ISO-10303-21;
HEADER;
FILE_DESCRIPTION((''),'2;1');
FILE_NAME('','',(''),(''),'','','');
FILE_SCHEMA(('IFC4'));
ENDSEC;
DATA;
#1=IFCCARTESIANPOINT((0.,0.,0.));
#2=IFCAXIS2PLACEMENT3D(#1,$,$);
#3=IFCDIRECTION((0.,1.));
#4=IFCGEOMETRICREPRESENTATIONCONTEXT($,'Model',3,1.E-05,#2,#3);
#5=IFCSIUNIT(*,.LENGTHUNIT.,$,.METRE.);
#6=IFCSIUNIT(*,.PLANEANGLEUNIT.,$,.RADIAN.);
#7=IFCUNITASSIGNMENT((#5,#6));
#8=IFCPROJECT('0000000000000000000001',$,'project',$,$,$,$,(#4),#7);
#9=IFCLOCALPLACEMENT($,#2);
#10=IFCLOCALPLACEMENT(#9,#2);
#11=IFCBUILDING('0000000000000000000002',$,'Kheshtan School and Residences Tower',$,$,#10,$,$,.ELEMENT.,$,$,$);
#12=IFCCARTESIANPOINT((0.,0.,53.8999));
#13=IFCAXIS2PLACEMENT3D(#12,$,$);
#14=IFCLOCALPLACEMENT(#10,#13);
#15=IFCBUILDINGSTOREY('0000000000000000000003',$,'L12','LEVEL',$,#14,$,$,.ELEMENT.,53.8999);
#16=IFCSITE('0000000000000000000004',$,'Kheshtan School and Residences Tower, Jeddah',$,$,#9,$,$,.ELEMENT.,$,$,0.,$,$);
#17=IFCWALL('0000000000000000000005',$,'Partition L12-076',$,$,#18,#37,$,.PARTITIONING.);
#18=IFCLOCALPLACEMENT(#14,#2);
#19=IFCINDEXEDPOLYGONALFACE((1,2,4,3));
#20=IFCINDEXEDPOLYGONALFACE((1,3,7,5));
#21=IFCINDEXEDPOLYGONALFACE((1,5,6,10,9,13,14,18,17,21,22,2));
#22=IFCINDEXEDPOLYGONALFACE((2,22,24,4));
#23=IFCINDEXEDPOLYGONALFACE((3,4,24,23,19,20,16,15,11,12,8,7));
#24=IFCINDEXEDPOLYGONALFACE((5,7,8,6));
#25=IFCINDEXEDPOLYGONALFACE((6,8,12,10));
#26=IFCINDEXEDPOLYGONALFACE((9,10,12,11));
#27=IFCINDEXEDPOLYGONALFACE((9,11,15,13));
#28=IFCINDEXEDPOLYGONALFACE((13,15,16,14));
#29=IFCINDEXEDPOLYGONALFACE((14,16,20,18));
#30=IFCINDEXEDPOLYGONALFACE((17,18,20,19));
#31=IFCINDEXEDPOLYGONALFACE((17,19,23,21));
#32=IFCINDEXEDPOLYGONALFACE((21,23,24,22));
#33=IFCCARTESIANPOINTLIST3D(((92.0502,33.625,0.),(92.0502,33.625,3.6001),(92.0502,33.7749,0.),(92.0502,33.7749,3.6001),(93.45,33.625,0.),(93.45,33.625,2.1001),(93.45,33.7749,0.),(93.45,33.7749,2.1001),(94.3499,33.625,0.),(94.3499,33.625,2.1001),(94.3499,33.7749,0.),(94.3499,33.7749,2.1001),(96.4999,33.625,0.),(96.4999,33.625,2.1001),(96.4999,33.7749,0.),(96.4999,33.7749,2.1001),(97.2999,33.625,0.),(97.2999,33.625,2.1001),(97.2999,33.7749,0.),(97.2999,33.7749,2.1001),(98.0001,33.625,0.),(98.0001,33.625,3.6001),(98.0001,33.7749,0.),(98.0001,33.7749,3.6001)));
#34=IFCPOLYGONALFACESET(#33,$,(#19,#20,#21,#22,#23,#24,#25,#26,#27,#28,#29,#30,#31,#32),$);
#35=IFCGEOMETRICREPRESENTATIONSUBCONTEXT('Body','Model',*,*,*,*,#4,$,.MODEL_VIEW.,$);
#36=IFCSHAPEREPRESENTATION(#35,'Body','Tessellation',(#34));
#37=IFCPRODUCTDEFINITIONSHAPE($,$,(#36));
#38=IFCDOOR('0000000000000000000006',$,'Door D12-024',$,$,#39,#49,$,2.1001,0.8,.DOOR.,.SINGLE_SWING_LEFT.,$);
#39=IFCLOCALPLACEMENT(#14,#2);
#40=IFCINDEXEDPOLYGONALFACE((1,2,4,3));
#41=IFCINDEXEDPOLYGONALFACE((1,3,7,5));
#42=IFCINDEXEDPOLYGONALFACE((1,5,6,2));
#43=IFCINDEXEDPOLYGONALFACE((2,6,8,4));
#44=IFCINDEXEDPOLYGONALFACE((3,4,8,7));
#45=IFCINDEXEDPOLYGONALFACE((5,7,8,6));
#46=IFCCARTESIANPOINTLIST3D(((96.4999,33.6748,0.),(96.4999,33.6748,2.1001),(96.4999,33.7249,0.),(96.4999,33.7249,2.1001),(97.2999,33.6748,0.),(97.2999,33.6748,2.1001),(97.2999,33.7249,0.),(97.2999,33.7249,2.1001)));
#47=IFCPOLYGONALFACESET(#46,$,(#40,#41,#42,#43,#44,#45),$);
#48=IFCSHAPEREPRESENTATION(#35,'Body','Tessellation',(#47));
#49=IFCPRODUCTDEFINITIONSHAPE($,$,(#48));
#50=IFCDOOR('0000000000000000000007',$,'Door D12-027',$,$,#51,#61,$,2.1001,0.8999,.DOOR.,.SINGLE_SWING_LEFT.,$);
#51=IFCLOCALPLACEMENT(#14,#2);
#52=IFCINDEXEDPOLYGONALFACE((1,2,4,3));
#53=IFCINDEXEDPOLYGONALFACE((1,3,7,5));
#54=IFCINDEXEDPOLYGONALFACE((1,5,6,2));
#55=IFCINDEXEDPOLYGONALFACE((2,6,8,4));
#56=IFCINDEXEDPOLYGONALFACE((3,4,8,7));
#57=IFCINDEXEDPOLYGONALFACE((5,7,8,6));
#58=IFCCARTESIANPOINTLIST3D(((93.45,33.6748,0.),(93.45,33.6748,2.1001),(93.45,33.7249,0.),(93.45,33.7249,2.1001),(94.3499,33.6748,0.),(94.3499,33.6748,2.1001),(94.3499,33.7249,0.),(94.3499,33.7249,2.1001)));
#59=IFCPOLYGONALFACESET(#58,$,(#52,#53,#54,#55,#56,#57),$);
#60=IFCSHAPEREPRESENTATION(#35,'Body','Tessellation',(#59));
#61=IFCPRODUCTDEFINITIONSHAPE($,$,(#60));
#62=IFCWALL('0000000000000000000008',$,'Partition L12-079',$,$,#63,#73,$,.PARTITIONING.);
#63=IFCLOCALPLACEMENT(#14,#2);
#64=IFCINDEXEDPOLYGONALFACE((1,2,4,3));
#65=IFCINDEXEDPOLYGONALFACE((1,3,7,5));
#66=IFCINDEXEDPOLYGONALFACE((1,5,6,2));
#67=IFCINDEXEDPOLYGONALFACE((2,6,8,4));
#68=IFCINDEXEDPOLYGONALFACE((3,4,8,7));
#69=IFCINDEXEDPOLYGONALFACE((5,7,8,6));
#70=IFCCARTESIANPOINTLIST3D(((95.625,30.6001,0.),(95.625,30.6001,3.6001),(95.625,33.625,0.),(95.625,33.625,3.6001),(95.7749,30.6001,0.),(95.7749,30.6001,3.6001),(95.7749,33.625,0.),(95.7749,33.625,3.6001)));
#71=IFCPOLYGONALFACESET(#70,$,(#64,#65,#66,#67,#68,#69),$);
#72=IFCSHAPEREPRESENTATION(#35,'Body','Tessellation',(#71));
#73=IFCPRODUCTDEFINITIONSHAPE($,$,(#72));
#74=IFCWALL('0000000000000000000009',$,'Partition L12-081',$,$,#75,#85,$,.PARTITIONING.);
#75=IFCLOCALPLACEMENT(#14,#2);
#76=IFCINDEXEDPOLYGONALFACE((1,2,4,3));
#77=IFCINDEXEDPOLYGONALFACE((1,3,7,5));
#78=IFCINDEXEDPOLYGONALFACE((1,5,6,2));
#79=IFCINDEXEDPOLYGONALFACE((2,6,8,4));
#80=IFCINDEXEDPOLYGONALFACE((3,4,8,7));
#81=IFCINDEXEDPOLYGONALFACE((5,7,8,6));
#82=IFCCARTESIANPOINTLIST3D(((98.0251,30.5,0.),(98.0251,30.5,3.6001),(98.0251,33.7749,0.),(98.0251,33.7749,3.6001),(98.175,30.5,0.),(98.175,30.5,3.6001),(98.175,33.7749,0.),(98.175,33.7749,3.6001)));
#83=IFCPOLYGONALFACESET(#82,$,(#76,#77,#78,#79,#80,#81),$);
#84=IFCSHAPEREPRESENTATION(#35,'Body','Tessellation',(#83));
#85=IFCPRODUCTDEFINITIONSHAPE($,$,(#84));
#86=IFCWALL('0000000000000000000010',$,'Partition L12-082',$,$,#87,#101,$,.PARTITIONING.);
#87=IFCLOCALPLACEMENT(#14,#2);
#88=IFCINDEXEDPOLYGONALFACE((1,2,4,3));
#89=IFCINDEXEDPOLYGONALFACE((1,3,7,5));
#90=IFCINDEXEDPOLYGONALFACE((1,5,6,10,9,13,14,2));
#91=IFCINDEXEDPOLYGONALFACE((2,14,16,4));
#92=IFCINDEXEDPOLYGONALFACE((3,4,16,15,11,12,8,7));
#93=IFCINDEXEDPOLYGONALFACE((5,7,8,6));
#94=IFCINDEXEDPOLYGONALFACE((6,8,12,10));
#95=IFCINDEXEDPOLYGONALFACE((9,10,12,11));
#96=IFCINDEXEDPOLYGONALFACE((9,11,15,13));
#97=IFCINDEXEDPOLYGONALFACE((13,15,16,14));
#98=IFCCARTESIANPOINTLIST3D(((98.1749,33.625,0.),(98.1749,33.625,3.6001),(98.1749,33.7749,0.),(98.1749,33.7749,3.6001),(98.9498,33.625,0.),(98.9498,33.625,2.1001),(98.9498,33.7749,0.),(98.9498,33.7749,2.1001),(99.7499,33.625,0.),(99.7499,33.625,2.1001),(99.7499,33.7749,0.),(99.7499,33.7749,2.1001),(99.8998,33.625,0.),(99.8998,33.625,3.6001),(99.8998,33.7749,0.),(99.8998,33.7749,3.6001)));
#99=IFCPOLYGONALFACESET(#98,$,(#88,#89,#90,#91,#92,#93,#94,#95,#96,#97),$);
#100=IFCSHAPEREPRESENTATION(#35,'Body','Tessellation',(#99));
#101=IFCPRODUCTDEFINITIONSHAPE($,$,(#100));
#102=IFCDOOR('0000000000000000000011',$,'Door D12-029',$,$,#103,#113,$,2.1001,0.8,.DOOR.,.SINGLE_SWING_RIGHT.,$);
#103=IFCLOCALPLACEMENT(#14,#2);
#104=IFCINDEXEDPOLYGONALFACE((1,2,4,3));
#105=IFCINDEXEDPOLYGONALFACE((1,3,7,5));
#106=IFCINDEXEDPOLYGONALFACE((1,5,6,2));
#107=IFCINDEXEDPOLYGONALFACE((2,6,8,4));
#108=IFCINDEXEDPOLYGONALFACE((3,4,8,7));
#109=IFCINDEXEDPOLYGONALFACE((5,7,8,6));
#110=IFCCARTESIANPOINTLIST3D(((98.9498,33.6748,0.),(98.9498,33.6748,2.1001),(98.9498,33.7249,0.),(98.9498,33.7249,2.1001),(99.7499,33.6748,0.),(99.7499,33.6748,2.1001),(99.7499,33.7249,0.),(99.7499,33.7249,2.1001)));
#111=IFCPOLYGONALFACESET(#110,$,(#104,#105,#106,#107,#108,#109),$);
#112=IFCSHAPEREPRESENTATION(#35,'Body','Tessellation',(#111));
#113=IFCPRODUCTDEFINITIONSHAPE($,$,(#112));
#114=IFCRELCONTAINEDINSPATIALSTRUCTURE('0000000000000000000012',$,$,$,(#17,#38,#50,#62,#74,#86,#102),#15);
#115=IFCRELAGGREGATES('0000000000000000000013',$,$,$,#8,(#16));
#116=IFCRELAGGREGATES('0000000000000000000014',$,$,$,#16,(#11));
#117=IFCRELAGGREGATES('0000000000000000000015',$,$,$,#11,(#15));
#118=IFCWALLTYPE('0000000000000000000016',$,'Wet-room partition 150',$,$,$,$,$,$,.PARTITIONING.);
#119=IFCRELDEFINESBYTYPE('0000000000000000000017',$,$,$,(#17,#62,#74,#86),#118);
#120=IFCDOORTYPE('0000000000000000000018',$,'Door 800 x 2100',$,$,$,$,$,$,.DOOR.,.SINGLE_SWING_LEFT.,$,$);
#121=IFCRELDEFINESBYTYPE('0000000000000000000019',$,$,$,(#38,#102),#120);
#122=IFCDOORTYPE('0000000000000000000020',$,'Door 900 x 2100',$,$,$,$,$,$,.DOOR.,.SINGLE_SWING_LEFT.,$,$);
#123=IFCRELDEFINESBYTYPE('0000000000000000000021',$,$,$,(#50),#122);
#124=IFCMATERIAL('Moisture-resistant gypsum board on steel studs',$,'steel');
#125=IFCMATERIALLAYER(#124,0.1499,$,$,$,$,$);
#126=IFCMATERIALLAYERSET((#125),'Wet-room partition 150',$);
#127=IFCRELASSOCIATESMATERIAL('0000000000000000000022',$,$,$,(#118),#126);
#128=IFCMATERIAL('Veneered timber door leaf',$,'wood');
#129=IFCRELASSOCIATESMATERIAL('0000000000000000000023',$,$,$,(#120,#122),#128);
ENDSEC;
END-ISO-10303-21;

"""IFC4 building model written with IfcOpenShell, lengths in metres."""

from ifc_helpers import new_model, si_unit, direction, frame, frame_2d, origin, place, context, subcontext, project, spatial, rectangle, extrude, source, transform, mapped, material, layer, layer_set, type_object, element, fill, save


model = new_model("IFC4")

# Units and contexts
model_context = context("Model", 3, precision=1e-05, world=origin(), true_north=direction((0.0, 1.0)))
body_context = subcontext(model_context, "Body", "Model", "MODEL_VIEW")
ifc_project = project(units=[si_unit("LENGTHUNIT", "METRE"), si_unit("PLANEANGLEUNIT", "RADIAN")], contexts=[model_context])

# Site, building, storey
site_placement = place(None, origin())
site = spatial("IfcSite", under=ifc_project, at=site_placement, Name="Kheshtan School and Residences Tower, Jeddah", CompositionType="ELEMENT", RefElevation=0.0)
building_placement = place(site_placement, origin())
building = spatial("IfcBuilding", under=site, at=building_placement, Name="Kheshtan School and Residences Tower", CompositionType="ELEMENT")
storey_placement = place(building_placement, frame((0.0, 0.0, 53.8999)))
storey = spatial("IfcBuildingStorey", under=building, at=storey_placement, Name="L12", Description="LEVEL", CompositionType="ELEMENT", Elevation=53.8999)

# Wall, openings, doors
ifc_material_1 = material(Name="Moisture-resistant gypsum board on steel studs", Category="steel")
ifc_layer_1 = layer(ifc_material_1, 0.1499)
ifc_layer_set_1 = layer_set([ifc_layer_1], Name="Wet-room partition 150")
wall_type_1 = type_object("IfcWallType", Name="Wet-room partition 150", PredefinedType="PARTITIONING", material=ifc_layer_set_1)
wall_1_placement = place(storey_placement, frame((92.05, 33.7, 0.0), z_axis=(0.0, 0.0, 1.0), x_axis=(1.0, 0.0, 0.0)))
wall_1 = element("IfcWall", 1, at=wall_1_placement, inside=storey, type_object=wall_type_1, Name="Partition L12-076", PredefinedType="PARTITIONING", context=body_context, shape_type="SweptSolid", body=[
    extrude(rectangle(XDim=5.95, YDim=0.1499, at=frame_2d((2.9751, 0.0))), origin(), (0.0, 0.0, 1.0), 3.6001),
])
opening_1_placement = place(wall_1_placement, frame((4.45, 0.0, 0.0)))
opening_1 = element("IfcOpeningElement", 2, at=opening_1_placement, cuts=wall_1, PredefinedType="OPENING", context=body_context, shape_type="SweptSolid", body=[
    extrude(rectangle(XDim=0.8, YDim=2.1001, at=frame_2d((0.3999, 1.05))), frame((0.0, 0.085, 0.0), z_axis=(0.0, -1.0, 0.0), x_axis=(1.0, 0.0, 0.0)), (0.0, 0.0, 1.0), 0.1699),
])
opening_2_placement = place(wall_1_placement, frame((1.3999, 0.0, 0.0)))
opening_2 = element("IfcOpeningElement", 3, at=opening_2_placement, cuts=wall_1, PredefinedType="OPENING", context=body_context, shape_type="SweptSolid", body=[
    extrude(rectangle(XDim=0.8999, YDim=2.1001, at=frame_2d((0.45, 1.05))), frame((0.0, 0.085, 0.0), z_axis=(0.0, -1.0, 0.0), x_axis=(1.0, 0.0, 0.0)), (0.0, 0.0, 1.0), 0.1699),
])
ifc_material_2 = material(Name="Veneered timber door leaf", Category="wood")
door_type_1 = type_object("IfcDoorType", Name="Door 800 x 2100", OperationType="SINGLE_SWING_LEFT", PredefinedType="DOOR", material=ifc_material_2)
shared_shape_1 = source(origin(), body_context, "Body", "SweptSolid", [
    extrude(rectangle(XDim=0.8, YDim=2.1001, at=frame_2d((0.3999, 1.05))), frame((0.0, 0.0249, 0.0), z_axis=(0.0, -1.0, 0.0), x_axis=(1.0, 0.0, 0.0)), (0.0, 0.0, 1.0), 0.05),
])
door_1_placement = place(opening_1_placement, origin())
door_1 = element("IfcDoor", 4, at=door_1_placement, inside=storey, type_object=door_type_1, Name="Door D12-024", OperationType="SINGLE_SWING_LEFT", OverallHeight=2.1001, OverallWidth=0.8, PredefinedType="DOOR", context=body_context, shape_type="MappedRepresentation", body=[
    mapped(shared_shape_1, transform((0.0, 0.0, 0.0), x_axis=(1.0, 0.0, 0.0), y_axis=(0.0, 1.0, 0.0), z_axis=(0.0, 0.0, 1.0), scale=1.0)),
])
fill(opening_1, door_1)
door_type_2 = type_object("IfcDoorType", Name="Door 900 x 2100", OperationType="SINGLE_SWING_LEFT", PredefinedType="DOOR", material=ifc_material_2)
shared_shape_2 = source(origin(), body_context, "Body", "SweptSolid", [
    extrude(rectangle(XDim=0.8999, YDim=2.1001, at=frame_2d((0.45, 1.05))), frame((0.0, 0.0249, 0.0), z_axis=(0.0, -1.0, 0.0), x_axis=(1.0, 0.0, 0.0)), (0.0, 0.0, 1.0), 0.05),
])
door_2_placement = place(opening_2_placement, origin())
door_2 = element("IfcDoor", 5, at=door_2_placement, inside=storey, type_object=door_type_2, Name="Door D12-027", OperationType="SINGLE_SWING_LEFT", OverallHeight=2.1001, OverallWidth=0.8999, PredefinedType="DOOR", context=body_context, shape_type="MappedRepresentation", body=[
    mapped(shared_shape_2, transform((0.0, 0.0, 0.0), x_axis=(1.0, 0.0, 0.0), y_axis=(0.0, 1.0, 0.0), z_axis=(0.0, 0.0, 1.0), scale=1.0)),
])
fill(opening_2, door_2)

# Walls
wall_2_placement = place(storey_placement, frame((95.7, 30.6001, 0.0), z_axis=(0.0, 0.0, 1.0), x_axis=(0.0, 1.0, 0.0)))
element("IfcWall", 6, at=wall_2_placement, inside=storey, type_object=wall_type_1, Name="Partition L12-079", PredefinedType="PARTITIONING", context=body_context, shape_type="SweptSolid", body=[
    extrude(rectangle(XDim=3.0249, YDim=0.1499, at=frame_2d((1.5125, 0.0))), origin(), (0.0, 0.0, 1.0), 3.6001),
])
wall_3_placement = place(storey_placement, frame((98.1001, 30.5, 0.0), z_axis=(0.0, 0.0, 1.0), x_axis=(0.0, 1.0, 0.0)))
element("IfcWall", 7, at=wall_3_placement, inside=storey, type_object=wall_type_1, Name="Partition L12-081", PredefinedType="PARTITIONING", context=body_context, shape_type="SweptSolid", body=[
    extrude(rectangle(XDim=3.2749, YDim=0.1499, at=frame_2d((1.6375, 0.0))), origin(), (0.0, 0.0, 1.0), 3.6001),
])

# Wall, opening, door
wall_4_placement = place(storey_placement, frame((98.175, 33.7, 0.0), z_axis=(0.0, 0.0, 1.0), x_axis=(1.0, 0.0, 0.0)))
wall_4 = element("IfcWall", 8, at=wall_4_placement, inside=storey, type_object=wall_type_1, Name="Partition L12-082", PredefinedType="PARTITIONING", context=body_context, shape_type="SweptSolid", body=[
    extrude(rectangle(XDim=1.7249, YDim=0.1499, at=frame_2d((0.8623, 0.0))), origin(), (0.0, 0.0, 1.0), 3.6001),
])
opening_3_placement = place(wall_4_placement, frame((0.7749, 0.0, 0.0)))
opening_3 = element("IfcOpeningElement", 9, at=opening_3_placement, cuts=wall_4, PredefinedType="OPENING", context=body_context, shape_type="SweptSolid", body=[
    extrude(rectangle(XDim=0.8, YDim=2.1001, at=frame_2d((0.3999, 1.05))), frame((0.0, 0.085, 0.0), z_axis=(0.0, -1.0, 0.0), x_axis=(1.0, 0.0, 0.0)), (0.0, 0.0, 1.0), 0.1699),
])
door_3_placement = place(opening_3_placement, origin())
door_3 = element("IfcDoor", 10, at=door_3_placement, inside=storey, type_object=door_type_1, Name="Door D12-029", OperationType="SINGLE_SWING_RIGHT", OverallHeight=2.1001, OverallWidth=0.8, PredefinedType="DOOR", context=body_context, shape_type="MappedRepresentation", body=[
    mapped(shared_shape_1, transform((0.0, 0.0, 0.0), x_axis=(1.0, 0.0, 0.0), y_axis=(0.0, 1.0, 0.0), z_axis=(0.0, 0.0, 1.0), scale=1.0)),
])
fill(opening_3, door_3)

save(model, "model.ifc")
